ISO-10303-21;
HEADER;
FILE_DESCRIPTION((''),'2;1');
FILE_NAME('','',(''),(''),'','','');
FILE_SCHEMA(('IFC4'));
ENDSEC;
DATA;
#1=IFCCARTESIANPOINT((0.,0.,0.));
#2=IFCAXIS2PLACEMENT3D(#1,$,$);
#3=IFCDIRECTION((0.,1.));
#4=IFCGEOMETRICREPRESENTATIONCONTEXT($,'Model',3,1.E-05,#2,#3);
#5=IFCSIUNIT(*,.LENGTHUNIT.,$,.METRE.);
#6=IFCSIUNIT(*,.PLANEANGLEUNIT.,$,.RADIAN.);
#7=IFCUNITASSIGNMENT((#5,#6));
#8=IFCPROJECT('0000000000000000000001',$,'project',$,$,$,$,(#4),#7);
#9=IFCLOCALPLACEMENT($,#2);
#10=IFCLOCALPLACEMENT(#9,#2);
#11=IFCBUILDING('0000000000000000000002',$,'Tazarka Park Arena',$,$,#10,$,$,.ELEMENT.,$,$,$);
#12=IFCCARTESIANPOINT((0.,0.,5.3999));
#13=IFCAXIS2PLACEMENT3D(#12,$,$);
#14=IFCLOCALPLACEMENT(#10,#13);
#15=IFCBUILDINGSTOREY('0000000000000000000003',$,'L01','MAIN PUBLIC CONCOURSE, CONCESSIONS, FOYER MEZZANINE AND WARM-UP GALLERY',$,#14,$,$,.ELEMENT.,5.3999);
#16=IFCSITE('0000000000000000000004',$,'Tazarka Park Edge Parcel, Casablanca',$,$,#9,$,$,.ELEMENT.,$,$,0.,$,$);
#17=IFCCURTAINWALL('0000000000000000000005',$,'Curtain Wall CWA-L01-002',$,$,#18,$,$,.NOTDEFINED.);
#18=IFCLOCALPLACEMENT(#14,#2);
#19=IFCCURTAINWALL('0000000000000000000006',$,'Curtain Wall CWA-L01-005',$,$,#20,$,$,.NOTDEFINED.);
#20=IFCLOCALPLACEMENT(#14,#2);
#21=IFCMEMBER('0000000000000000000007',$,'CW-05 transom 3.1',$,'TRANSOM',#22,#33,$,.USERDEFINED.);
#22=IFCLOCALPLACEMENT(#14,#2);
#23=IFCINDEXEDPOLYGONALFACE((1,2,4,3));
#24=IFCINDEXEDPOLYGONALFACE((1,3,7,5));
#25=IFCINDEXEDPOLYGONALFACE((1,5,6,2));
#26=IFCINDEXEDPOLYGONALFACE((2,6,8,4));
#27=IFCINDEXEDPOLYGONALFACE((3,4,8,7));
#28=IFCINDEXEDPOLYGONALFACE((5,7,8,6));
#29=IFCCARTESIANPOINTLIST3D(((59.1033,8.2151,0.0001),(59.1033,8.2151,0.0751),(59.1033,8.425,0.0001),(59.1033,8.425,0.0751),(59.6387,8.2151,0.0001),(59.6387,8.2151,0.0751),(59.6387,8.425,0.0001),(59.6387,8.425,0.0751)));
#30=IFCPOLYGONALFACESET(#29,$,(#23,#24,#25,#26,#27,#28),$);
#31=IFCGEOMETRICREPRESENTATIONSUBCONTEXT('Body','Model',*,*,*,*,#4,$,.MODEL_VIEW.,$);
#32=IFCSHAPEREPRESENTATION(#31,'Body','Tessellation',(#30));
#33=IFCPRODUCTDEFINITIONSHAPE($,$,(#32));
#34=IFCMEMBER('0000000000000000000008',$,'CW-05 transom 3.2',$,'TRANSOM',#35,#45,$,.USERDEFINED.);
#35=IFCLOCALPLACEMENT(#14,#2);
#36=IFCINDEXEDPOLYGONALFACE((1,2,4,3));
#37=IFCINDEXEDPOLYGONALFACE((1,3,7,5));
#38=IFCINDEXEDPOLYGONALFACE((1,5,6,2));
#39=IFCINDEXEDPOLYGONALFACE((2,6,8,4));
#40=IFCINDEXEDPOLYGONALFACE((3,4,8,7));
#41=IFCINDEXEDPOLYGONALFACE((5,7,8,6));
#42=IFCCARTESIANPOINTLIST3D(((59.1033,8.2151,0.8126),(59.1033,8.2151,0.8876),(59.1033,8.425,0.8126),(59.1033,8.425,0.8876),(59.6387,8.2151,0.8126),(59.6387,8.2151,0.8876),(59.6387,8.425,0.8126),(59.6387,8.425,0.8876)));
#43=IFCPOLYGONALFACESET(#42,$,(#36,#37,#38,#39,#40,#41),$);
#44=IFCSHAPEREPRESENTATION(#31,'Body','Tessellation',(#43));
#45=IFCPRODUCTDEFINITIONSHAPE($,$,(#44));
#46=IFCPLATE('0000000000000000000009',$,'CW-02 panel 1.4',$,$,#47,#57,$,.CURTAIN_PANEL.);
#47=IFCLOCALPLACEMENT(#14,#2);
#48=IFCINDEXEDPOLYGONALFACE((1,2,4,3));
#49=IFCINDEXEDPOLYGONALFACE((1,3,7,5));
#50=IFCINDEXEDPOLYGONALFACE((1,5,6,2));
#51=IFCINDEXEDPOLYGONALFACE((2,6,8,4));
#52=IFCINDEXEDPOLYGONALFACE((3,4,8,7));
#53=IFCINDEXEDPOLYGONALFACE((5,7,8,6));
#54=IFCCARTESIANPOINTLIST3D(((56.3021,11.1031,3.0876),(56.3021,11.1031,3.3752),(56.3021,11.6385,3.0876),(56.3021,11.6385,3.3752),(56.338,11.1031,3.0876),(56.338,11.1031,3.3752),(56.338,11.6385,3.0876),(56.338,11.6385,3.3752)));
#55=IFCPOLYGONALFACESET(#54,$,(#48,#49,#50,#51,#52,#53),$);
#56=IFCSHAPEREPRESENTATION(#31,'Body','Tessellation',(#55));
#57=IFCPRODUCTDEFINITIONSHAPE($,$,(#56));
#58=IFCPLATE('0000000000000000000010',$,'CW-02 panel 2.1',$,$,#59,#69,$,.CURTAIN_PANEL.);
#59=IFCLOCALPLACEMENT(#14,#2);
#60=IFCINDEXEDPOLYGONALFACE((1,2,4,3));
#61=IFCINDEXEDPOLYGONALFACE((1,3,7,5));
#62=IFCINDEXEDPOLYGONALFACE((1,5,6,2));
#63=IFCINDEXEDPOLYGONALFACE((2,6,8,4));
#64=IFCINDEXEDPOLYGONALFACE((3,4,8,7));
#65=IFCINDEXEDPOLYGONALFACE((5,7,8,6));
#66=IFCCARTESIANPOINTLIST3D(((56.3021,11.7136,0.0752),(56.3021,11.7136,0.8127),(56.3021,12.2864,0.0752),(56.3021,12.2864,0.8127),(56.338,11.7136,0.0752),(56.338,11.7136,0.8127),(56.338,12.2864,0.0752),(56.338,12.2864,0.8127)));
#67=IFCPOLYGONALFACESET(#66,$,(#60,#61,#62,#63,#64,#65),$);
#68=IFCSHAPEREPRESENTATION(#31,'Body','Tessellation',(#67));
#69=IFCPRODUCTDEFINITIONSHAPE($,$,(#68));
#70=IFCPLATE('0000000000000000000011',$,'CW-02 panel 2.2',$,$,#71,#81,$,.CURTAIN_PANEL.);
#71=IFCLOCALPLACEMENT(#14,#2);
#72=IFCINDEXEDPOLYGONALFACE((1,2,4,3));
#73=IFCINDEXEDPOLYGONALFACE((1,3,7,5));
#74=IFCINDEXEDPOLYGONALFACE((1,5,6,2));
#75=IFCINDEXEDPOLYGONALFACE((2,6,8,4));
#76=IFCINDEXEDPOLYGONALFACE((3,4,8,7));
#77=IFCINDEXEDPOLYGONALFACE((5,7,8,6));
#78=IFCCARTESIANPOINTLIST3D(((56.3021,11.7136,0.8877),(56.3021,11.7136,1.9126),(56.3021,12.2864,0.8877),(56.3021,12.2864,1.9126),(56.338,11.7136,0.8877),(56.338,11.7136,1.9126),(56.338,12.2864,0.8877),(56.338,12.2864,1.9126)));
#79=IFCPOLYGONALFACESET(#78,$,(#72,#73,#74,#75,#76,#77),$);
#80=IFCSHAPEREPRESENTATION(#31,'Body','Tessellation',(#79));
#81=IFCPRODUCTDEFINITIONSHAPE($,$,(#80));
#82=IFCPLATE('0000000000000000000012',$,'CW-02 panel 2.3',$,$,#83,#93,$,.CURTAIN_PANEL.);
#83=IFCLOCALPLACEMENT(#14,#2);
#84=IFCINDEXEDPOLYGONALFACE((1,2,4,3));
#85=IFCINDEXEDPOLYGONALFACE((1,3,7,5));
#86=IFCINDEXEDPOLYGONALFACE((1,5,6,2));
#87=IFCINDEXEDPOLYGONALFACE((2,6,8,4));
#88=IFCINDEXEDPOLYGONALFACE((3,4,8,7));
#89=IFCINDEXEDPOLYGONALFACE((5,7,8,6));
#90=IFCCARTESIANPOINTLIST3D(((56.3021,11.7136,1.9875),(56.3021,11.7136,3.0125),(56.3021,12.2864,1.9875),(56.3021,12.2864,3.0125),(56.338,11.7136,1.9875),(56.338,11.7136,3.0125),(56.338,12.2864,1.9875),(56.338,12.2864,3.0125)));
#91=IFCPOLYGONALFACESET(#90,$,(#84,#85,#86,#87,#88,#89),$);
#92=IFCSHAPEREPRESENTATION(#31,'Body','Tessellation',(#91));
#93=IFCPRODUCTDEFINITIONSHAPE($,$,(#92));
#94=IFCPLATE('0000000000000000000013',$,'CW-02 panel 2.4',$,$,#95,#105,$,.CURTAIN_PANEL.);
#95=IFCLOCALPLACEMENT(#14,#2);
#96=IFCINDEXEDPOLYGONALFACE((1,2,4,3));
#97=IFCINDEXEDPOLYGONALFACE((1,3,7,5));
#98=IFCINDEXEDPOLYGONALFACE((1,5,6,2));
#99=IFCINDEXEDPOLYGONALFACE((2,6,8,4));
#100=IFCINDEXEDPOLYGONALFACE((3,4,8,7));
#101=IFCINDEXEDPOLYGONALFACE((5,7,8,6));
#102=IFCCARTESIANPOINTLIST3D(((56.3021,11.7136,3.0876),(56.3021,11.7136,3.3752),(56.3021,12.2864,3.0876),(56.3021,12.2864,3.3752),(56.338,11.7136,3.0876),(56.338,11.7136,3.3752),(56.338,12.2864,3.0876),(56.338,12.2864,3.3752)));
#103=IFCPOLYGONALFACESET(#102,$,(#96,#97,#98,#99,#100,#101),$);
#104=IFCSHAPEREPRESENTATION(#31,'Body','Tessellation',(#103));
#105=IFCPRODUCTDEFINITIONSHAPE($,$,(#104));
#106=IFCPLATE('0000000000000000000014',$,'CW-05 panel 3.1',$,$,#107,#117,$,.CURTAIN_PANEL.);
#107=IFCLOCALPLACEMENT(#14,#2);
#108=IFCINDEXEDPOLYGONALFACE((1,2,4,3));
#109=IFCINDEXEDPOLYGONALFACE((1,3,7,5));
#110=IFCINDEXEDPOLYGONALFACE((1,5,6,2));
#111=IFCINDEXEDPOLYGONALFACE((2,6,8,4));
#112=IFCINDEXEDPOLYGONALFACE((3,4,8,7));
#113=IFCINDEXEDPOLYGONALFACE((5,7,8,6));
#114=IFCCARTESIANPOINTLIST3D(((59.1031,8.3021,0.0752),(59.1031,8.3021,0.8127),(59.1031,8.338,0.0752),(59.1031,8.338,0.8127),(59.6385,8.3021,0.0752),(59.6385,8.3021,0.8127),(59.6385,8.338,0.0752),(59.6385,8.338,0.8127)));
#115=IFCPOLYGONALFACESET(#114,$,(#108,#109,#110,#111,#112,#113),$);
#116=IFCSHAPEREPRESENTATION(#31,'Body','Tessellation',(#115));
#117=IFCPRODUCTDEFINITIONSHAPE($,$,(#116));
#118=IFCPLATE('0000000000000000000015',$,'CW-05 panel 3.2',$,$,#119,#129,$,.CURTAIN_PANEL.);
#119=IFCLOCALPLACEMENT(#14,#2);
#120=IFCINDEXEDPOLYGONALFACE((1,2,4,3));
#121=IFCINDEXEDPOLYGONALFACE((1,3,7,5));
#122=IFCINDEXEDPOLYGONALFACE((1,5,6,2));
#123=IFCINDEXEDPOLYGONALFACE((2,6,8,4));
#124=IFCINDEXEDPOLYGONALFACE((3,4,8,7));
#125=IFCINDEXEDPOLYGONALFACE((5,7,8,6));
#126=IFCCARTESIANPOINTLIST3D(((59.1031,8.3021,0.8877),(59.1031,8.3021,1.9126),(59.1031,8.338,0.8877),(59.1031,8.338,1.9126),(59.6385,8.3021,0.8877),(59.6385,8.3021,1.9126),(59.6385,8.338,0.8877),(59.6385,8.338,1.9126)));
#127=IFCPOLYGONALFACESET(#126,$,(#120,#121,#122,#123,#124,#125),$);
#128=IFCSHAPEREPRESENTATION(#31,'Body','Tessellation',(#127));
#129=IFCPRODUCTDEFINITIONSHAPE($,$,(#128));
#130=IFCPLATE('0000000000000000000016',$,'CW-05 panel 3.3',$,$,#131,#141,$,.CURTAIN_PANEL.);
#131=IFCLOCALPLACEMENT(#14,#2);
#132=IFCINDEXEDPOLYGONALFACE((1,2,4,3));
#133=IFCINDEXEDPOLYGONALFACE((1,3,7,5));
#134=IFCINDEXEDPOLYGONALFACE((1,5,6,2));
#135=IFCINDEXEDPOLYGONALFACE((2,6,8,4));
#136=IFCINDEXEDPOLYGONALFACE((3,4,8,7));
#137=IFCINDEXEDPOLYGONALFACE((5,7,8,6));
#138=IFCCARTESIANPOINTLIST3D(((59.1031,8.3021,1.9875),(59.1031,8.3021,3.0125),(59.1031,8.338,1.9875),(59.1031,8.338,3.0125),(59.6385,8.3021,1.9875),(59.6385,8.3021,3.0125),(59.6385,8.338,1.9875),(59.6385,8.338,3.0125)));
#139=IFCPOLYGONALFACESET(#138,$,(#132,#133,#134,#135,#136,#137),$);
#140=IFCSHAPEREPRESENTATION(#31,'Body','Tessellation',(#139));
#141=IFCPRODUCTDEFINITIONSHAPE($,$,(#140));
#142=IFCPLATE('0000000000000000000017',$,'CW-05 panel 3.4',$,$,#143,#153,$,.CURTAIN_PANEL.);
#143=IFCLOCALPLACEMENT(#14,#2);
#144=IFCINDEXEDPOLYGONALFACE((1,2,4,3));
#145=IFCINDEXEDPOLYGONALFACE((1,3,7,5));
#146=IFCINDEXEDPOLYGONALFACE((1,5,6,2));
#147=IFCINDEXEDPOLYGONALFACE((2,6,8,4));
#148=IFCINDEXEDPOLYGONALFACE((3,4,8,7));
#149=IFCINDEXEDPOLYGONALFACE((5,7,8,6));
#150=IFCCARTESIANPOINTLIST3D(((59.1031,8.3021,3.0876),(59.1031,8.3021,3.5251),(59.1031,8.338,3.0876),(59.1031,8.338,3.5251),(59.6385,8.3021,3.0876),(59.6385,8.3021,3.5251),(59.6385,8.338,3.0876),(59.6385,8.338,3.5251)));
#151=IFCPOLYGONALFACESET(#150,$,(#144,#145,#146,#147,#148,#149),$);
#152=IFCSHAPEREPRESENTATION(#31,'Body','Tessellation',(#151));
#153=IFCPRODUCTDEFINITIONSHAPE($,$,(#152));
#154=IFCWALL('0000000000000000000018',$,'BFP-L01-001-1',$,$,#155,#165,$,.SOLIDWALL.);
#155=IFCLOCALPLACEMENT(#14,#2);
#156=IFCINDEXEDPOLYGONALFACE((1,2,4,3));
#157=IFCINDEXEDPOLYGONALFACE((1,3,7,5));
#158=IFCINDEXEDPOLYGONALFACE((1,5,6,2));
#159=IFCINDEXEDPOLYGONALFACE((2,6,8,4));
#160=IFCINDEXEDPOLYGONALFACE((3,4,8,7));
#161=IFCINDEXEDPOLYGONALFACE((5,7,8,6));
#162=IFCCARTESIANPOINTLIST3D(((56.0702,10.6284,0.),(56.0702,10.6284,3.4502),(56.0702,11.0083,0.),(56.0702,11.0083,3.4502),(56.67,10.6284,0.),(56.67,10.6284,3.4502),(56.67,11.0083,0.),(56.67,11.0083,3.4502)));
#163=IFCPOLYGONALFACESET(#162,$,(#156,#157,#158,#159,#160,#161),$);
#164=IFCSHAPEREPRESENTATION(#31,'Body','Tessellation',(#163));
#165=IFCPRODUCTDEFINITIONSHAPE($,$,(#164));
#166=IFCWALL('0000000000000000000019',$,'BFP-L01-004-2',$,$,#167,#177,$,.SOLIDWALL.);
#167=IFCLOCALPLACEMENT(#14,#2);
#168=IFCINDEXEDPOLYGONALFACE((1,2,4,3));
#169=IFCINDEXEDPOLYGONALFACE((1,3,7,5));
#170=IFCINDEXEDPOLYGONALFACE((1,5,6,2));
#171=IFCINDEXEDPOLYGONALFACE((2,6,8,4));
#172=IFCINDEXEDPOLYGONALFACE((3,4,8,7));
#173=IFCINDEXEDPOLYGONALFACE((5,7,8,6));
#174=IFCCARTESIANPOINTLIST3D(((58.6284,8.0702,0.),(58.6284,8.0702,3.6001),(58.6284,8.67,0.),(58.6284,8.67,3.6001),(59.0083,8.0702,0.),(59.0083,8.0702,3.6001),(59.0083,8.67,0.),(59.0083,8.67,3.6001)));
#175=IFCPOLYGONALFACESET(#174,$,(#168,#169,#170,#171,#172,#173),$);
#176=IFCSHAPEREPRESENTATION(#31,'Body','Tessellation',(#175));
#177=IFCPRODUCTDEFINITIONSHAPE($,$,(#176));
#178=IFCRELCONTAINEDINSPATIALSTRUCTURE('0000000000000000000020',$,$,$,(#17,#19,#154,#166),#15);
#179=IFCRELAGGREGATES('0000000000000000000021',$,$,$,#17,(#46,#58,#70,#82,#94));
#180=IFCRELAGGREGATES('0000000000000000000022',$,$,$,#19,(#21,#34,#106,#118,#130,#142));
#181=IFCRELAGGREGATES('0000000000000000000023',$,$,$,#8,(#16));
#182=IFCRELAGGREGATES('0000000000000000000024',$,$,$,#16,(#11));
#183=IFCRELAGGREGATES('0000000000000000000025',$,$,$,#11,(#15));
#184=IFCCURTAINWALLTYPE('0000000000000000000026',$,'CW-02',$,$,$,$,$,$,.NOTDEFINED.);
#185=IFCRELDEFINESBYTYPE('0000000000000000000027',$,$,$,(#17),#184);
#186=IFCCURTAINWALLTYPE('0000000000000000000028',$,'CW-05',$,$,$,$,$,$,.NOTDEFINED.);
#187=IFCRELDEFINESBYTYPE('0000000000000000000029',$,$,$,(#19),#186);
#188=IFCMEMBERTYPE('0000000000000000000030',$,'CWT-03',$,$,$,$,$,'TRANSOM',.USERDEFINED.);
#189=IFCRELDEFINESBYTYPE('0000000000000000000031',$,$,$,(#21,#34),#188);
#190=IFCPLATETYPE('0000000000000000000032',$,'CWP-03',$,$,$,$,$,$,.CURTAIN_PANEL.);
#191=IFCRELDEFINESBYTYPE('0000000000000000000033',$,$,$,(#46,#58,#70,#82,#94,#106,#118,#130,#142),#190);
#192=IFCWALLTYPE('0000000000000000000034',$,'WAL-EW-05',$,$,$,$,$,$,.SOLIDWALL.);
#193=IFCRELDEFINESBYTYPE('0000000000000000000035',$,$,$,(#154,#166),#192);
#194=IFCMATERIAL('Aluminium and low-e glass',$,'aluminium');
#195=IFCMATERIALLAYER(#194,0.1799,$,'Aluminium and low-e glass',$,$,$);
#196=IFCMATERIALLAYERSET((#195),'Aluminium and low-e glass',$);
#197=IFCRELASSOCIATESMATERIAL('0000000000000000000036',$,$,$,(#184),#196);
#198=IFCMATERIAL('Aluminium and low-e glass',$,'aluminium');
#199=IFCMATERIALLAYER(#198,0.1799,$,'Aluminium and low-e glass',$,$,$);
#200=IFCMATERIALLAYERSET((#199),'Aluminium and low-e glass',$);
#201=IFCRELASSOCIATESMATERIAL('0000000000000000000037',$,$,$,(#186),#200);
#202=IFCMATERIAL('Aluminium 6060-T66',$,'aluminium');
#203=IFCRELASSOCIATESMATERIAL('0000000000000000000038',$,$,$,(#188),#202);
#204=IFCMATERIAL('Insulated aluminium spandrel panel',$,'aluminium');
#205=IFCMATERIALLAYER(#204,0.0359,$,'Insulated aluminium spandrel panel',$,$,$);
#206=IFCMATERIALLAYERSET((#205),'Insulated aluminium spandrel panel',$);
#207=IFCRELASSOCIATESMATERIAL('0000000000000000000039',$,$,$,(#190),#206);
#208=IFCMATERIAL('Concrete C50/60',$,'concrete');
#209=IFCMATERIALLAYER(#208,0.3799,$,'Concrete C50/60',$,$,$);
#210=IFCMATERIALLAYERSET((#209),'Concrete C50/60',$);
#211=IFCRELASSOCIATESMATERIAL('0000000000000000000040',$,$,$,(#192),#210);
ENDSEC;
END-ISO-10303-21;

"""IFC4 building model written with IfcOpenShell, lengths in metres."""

from ifc_helpers import new_model, si_unit, direction, frame, frame_2d, origin, origin_2d, place, context, subcontext, project, spatial, rectangle, extrude, material, layer, layer_set, material_profile, profile_set, type_object, element, aggregate, save


model = new_model("IFC4")

# Units and contexts
model_context = context("Model", 3, precision=1e-05, world=origin(), true_north=direction((0.0, 1.0)))
body_context = subcontext(model_context, "Body", "Model", "MODEL_VIEW")
ifc_project = project(units=[si_unit("LENGTHUNIT", "METRE"), si_unit("PLANEANGLEUNIT", "RADIAN")], contexts=[model_context])

# Site, building, storey
site_placement = place(None, origin())
site = spatial("IfcSite", under=ifc_project, at=site_placement, Name="Tazarka Park Edge Parcel, Casablanca", CompositionType="ELEMENT", RefElevation=0.0)
building_placement = place(site_placement, origin())
building = spatial("IfcBuilding", under=site, at=building_placement, Name="Tazarka Park Arena", CompositionType="ELEMENT")
storey_placement = place(building_placement, frame((0.0, 0.0, 5.3999)))
storey = spatial("IfcBuildingStorey", under=building, at=storey_placement, Name="L01", Description="MAIN PUBLIC CONCOURSE, CONCESSIONS, FOYER MEZZANINE AND WARM-UP GALLERY", CompositionType="ELEMENT", Elevation=5.3999)

# Curtain wall
ifc_material_1 = material(Name="Aluminium and low-e glass", Category="aluminium")
ifc_layer_1 = layer(ifc_material_1, 0.1799, Name="Aluminium and low-e glass")
ifc_layer_set_1 = layer_set([ifc_layer_1], Name="Aluminium and low-e glass")
curtain_wall_type_1 = type_object("IfcCurtainWallType", Name="CW-02", PredefinedType="NOTDEFINED", material=ifc_layer_set_1)
curtain_wall_1_placement = place(storey_placement, origin())
curtain_wall_1 = element("IfcCurtainWall", 1, at=curtain_wall_1_placement, inside=storey, type_object=curtain_wall_type_1, Name="Curtain Wall CWA-L01-002", PredefinedType="NOTDEFINED")

# Curtain wall
ifc_material_2 = material(Name="Aluminium and low-e glass", Category="aluminium")
ifc_layer_2 = layer(ifc_material_2, 0.1799, Name="Aluminium and low-e glass")
ifc_layer_set_2 = layer_set([ifc_layer_2], Name="Aluminium and low-e glass")
curtain_wall_type_2 = type_object("IfcCurtainWallType", Name="CW-05", PredefinedType="NOTDEFINED", material=ifc_layer_set_2)
curtain_wall_2_placement = place(storey_placement, origin())
curtain_wall_2 = element("IfcCurtainWall", 2, at=curtain_wall_2_placement, inside=storey, type_object=curtain_wall_type_2, Name="Curtain Wall CWA-L01-005", PredefinedType="NOTDEFINED")

# Members
ifc_material_3 = material(Name="Aluminium 6060-T66", Category="aluminium")
ifc_material_profile_1 = material_profile(ifc_material_3, rectangle(XDim=0.21, YDim=0.075, at=origin_2d()), Name="Aluminium 6060-T66")
ifc_profile_set_1 = profile_set([ifc_material_profile_1], Name="Aluminium 6060-T66")
member_type_1 = type_object("IfcMemberType", Name="CWT-03", ElementType="TRANSOM", PredefinedType="USERDEFINED", material=ifc_profile_set_1)
member_1_placement = place(storey_placement, frame((59.6387, 8.3201, 0.0376), z_axis=(-1.0, 0.0, 0.0), x_axis=(0.0, -1.0, 0.0)))
member_1 = element("IfcMember", 3, at=member_1_placement, type_object=member_type_1, Name="CW-05 transom 3.1", ObjectType="TRANSOM", PredefinedType="USERDEFINED", context=body_context, shape_type="SweptSolid", body=[
    extrude(rectangle(XDim=0.21, YDim=0.075, at=origin_2d()), origin(), (0.0, 0.0, 1.0), 0.5354),
])
member_2_placement = place(storey_placement, frame((59.6387, 8.3201, 0.8501), z_axis=(-1.0, 0.0, 0.0), x_axis=(0.0, -1.0, 0.0)))
member_2 = element("IfcMember", 4, at=member_2_placement, type_object=member_type_1, Name="CW-05 transom 3.2", ObjectType="TRANSOM", PredefinedType="USERDEFINED", context=body_context, shape_type="SweptSolid", body=[
    extrude(rectangle(XDim=0.21, YDim=0.075, at=origin_2d()), origin(), (0.0, 0.0, 1.0), 0.5354),
])

# Plates
ifc_material_4 = material(Name="Insulated aluminium spandrel panel", Category="aluminium")
ifc_layer_3 = layer(ifc_material_4, 0.0359, Name="Insulated aluminium spandrel panel")
ifc_layer_set_3 = layer_set([ifc_layer_3], Name="Insulated aluminium spandrel panel")
plate_type = type_object("IfcPlateType", Name="CWP-03", PredefinedType="CURTAIN_PANEL", material=ifc_layer_set_3)
plate_1_placement = place(storey_placement, frame((56.3201, 11.3708, 3.0876), z_axis=(0.0, 0.0, 1.0), x_axis=(0.0, 1.0, 0.0)))
plate_1 = element("IfcPlate", 5, at=plate_1_placement, type_object=plate_type, Name="CW-02 panel 1.4", PredefinedType="CURTAIN_PANEL", context=body_context, shape_type="SweptSolid", body=[
    extrude(rectangle(XDim=0.5354, YDim=0.0359, at=origin_2d()), origin(), (0.0, 0.0, 1.0), 0.2876),
])
plate_2_placement = place(storey_placement, frame((56.3201, 12.0, 0.0752), z_axis=(0.0, 0.0, 1.0), x_axis=(0.0, 1.0, 0.0)))
plate_2 = element("IfcPlate", 6, at=plate_2_placement, type_object=plate_type, Name="CW-02 panel 2.1", PredefinedType="CURTAIN_PANEL", context=body_context, shape_type="SweptSolid", body=[
    extrude(rectangle(XDim=0.5728, YDim=0.0359, at=origin_2d()), origin(), (0.0, 0.0, 1.0), 0.7375),
])
plate_3_placement = place(storey_placement, frame((56.3201, 12.0, 0.8877), z_axis=(0.0, 0.0, 1.0), x_axis=(0.0, 1.0, 0.0)))
plate_3 = element("IfcPlate", 7, at=plate_3_placement, type_object=plate_type, Name="CW-02 panel 2.2", PredefinedType="CURTAIN_PANEL", context=body_context, shape_type="SweptSolid", body=[
    extrude(rectangle(XDim=0.5728, YDim=0.0359, at=origin_2d()), origin(), (0.0, 0.0, 1.0), 1.0249),
])
plate_4_placement = place(storey_placement, frame((56.3201, 12.0, 1.9875), z_axis=(0.0, 0.0, 1.0), x_axis=(0.0, 1.0, 0.0)))
plate_4 = element("IfcPlate", 8, at=plate_4_placement, type_object=plate_type, Name="CW-02 panel 2.3", PredefinedType="CURTAIN_PANEL", context=body_context, shape_type="SweptSolid", body=[
    extrude(rectangle(XDim=0.5728, YDim=0.0359, at=origin_2d()), origin(), (0.0, 0.0, 1.0), 1.0249),
])
plate_5_placement = place(storey_placement, frame((56.3201, 12.0, 3.0876), z_axis=(0.0, 0.0, 1.0), x_axis=(0.0, 1.0, 0.0)))
plate_5 = element("IfcPlate", 9, at=plate_5_placement, type_object=plate_type, Name="CW-02 panel 2.4", PredefinedType="CURTAIN_PANEL", context=body_context, shape_type="SweptSolid", body=[
    extrude(rectangle(XDim=0.5728, YDim=0.0359, at=origin_2d()), origin(), (0.0, 0.0, 1.0), 0.2876),
])
aggregate(curtain_wall_1, [plate_1, plate_2, plate_3, plate_4, plate_5])
plate_6_placement = place(storey_placement, frame((59.3708, 8.3201, 0.0752), z_axis=(0.0, 0.0, 1.0), x_axis=(-1.0, 0.0, 0.0)))
plate_6 = element("IfcPlate", 10, at=plate_6_placement, type_object=plate_type, Name="CW-05 panel 3.1", PredefinedType="CURTAIN_PANEL", context=body_context, shape_type="SweptSolid", body=[
    extrude(rectangle(XDim=0.5354, YDim=0.0359, at=origin_2d()), origin(), (0.0, 0.0, 1.0), 0.7375),
])
plate_7_placement = place(storey_placement, frame((59.3708, 8.3201, 0.8877), z_axis=(0.0, 0.0, 1.0), x_axis=(-1.0, 0.0, 0.0)))
plate_7 = element("IfcPlate", 11, at=plate_7_placement, type_object=plate_type, Name="CW-05 panel 3.2", PredefinedType="CURTAIN_PANEL", context=body_context, shape_type="SweptSolid", body=[
    extrude(rectangle(XDim=0.5354, YDim=0.0359, at=origin_2d()), origin(), (0.0, 0.0, 1.0), 1.0249),
])
plate_8_placement = place(storey_placement, frame((59.3708, 8.3201, 1.9875), z_axis=(0.0, 0.0, 1.0), x_axis=(-1.0, 0.0, 0.0)))
plate_8 = element("IfcPlate", 12, at=plate_8_placement, type_object=plate_type, Name="CW-05 panel 3.3", PredefinedType="CURTAIN_PANEL", context=body_context, shape_type="SweptSolid", body=[
    extrude(rectangle(XDim=0.5354, YDim=0.0359, at=origin_2d()), origin(), (0.0, 0.0, 1.0), 1.0249),
])
plate_9_placement = place(storey_placement, frame((59.3708, 8.3201, 3.0876), z_axis=(0.0, 0.0, 1.0), x_axis=(-1.0, 0.0, 0.0)))
plate_9 = element("IfcPlate", 13, at=plate_9_placement, type_object=plate_type, Name="CW-05 panel 3.4", PredefinedType="CURTAIN_PANEL", context=body_context, shape_type="SweptSolid", body=[
    extrude(rectangle(XDim=0.5354, YDim=0.0359, at=origin_2d()), origin(), (0.0, 0.0, 1.0), 0.4375),
])
aggregate(curtain_wall_2, [member_1, member_2, plate_6, plate_7, plate_8, plate_9])

# Walls
ifc_material_5 = material(Name="Concrete C50/60", Category="concrete")
ifc_layer_4 = layer(ifc_material_5, 0.3799, Name="Concrete C50/60")
ifc_layer_set_4 = layer_set([ifc_layer_4], Name="Concrete C50/60")
wall_type = type_object("IfcWallType", Name="WAL-EW-05", PredefinedType="SOLIDWALL", material=ifc_layer_set_4)
wall_1_placement = place(storey_placement, frame((56.6699, 10.8184, 0.0), z_axis=(0.0, 0.0, 1.0), x_axis=(-1.0, 0.0, 0.0)))
element("IfcWall", 14, at=wall_1_placement, inside=storey, type_object=wall_type, Name="BFP-L01-001-1", PredefinedType="SOLIDWALL", context=body_context, shape_type="SweptSolid", body=[
    extrude(rectangle(XDim=0.5999, YDim=0.3799, at=frame_2d((0.2998, 0.0))), origin(), (0.0, 0.0, 1.0), 3.4502),
])
wall_2_placement = place(storey_placement, frame((58.8184, 8.6699, 0.0), z_axis=(0.0, 0.0, 1.0), x_axis=(0.0, -1.0, 0.0)))
element("IfcWall", 15, at=wall_2_placement, inside=storey, type_object=wall_type, Name="BFP-L01-004-2", PredefinedType="SOLIDWALL", context=body_context, shape_type="SweptSolid", body=[
    extrude(rectangle(XDim=0.5999, YDim=0.3799, at=frame_2d((0.2998, 0.0))), origin(), (0.0, 0.0, 1.0), 3.6001),
])

save(model, "model.ifc")
